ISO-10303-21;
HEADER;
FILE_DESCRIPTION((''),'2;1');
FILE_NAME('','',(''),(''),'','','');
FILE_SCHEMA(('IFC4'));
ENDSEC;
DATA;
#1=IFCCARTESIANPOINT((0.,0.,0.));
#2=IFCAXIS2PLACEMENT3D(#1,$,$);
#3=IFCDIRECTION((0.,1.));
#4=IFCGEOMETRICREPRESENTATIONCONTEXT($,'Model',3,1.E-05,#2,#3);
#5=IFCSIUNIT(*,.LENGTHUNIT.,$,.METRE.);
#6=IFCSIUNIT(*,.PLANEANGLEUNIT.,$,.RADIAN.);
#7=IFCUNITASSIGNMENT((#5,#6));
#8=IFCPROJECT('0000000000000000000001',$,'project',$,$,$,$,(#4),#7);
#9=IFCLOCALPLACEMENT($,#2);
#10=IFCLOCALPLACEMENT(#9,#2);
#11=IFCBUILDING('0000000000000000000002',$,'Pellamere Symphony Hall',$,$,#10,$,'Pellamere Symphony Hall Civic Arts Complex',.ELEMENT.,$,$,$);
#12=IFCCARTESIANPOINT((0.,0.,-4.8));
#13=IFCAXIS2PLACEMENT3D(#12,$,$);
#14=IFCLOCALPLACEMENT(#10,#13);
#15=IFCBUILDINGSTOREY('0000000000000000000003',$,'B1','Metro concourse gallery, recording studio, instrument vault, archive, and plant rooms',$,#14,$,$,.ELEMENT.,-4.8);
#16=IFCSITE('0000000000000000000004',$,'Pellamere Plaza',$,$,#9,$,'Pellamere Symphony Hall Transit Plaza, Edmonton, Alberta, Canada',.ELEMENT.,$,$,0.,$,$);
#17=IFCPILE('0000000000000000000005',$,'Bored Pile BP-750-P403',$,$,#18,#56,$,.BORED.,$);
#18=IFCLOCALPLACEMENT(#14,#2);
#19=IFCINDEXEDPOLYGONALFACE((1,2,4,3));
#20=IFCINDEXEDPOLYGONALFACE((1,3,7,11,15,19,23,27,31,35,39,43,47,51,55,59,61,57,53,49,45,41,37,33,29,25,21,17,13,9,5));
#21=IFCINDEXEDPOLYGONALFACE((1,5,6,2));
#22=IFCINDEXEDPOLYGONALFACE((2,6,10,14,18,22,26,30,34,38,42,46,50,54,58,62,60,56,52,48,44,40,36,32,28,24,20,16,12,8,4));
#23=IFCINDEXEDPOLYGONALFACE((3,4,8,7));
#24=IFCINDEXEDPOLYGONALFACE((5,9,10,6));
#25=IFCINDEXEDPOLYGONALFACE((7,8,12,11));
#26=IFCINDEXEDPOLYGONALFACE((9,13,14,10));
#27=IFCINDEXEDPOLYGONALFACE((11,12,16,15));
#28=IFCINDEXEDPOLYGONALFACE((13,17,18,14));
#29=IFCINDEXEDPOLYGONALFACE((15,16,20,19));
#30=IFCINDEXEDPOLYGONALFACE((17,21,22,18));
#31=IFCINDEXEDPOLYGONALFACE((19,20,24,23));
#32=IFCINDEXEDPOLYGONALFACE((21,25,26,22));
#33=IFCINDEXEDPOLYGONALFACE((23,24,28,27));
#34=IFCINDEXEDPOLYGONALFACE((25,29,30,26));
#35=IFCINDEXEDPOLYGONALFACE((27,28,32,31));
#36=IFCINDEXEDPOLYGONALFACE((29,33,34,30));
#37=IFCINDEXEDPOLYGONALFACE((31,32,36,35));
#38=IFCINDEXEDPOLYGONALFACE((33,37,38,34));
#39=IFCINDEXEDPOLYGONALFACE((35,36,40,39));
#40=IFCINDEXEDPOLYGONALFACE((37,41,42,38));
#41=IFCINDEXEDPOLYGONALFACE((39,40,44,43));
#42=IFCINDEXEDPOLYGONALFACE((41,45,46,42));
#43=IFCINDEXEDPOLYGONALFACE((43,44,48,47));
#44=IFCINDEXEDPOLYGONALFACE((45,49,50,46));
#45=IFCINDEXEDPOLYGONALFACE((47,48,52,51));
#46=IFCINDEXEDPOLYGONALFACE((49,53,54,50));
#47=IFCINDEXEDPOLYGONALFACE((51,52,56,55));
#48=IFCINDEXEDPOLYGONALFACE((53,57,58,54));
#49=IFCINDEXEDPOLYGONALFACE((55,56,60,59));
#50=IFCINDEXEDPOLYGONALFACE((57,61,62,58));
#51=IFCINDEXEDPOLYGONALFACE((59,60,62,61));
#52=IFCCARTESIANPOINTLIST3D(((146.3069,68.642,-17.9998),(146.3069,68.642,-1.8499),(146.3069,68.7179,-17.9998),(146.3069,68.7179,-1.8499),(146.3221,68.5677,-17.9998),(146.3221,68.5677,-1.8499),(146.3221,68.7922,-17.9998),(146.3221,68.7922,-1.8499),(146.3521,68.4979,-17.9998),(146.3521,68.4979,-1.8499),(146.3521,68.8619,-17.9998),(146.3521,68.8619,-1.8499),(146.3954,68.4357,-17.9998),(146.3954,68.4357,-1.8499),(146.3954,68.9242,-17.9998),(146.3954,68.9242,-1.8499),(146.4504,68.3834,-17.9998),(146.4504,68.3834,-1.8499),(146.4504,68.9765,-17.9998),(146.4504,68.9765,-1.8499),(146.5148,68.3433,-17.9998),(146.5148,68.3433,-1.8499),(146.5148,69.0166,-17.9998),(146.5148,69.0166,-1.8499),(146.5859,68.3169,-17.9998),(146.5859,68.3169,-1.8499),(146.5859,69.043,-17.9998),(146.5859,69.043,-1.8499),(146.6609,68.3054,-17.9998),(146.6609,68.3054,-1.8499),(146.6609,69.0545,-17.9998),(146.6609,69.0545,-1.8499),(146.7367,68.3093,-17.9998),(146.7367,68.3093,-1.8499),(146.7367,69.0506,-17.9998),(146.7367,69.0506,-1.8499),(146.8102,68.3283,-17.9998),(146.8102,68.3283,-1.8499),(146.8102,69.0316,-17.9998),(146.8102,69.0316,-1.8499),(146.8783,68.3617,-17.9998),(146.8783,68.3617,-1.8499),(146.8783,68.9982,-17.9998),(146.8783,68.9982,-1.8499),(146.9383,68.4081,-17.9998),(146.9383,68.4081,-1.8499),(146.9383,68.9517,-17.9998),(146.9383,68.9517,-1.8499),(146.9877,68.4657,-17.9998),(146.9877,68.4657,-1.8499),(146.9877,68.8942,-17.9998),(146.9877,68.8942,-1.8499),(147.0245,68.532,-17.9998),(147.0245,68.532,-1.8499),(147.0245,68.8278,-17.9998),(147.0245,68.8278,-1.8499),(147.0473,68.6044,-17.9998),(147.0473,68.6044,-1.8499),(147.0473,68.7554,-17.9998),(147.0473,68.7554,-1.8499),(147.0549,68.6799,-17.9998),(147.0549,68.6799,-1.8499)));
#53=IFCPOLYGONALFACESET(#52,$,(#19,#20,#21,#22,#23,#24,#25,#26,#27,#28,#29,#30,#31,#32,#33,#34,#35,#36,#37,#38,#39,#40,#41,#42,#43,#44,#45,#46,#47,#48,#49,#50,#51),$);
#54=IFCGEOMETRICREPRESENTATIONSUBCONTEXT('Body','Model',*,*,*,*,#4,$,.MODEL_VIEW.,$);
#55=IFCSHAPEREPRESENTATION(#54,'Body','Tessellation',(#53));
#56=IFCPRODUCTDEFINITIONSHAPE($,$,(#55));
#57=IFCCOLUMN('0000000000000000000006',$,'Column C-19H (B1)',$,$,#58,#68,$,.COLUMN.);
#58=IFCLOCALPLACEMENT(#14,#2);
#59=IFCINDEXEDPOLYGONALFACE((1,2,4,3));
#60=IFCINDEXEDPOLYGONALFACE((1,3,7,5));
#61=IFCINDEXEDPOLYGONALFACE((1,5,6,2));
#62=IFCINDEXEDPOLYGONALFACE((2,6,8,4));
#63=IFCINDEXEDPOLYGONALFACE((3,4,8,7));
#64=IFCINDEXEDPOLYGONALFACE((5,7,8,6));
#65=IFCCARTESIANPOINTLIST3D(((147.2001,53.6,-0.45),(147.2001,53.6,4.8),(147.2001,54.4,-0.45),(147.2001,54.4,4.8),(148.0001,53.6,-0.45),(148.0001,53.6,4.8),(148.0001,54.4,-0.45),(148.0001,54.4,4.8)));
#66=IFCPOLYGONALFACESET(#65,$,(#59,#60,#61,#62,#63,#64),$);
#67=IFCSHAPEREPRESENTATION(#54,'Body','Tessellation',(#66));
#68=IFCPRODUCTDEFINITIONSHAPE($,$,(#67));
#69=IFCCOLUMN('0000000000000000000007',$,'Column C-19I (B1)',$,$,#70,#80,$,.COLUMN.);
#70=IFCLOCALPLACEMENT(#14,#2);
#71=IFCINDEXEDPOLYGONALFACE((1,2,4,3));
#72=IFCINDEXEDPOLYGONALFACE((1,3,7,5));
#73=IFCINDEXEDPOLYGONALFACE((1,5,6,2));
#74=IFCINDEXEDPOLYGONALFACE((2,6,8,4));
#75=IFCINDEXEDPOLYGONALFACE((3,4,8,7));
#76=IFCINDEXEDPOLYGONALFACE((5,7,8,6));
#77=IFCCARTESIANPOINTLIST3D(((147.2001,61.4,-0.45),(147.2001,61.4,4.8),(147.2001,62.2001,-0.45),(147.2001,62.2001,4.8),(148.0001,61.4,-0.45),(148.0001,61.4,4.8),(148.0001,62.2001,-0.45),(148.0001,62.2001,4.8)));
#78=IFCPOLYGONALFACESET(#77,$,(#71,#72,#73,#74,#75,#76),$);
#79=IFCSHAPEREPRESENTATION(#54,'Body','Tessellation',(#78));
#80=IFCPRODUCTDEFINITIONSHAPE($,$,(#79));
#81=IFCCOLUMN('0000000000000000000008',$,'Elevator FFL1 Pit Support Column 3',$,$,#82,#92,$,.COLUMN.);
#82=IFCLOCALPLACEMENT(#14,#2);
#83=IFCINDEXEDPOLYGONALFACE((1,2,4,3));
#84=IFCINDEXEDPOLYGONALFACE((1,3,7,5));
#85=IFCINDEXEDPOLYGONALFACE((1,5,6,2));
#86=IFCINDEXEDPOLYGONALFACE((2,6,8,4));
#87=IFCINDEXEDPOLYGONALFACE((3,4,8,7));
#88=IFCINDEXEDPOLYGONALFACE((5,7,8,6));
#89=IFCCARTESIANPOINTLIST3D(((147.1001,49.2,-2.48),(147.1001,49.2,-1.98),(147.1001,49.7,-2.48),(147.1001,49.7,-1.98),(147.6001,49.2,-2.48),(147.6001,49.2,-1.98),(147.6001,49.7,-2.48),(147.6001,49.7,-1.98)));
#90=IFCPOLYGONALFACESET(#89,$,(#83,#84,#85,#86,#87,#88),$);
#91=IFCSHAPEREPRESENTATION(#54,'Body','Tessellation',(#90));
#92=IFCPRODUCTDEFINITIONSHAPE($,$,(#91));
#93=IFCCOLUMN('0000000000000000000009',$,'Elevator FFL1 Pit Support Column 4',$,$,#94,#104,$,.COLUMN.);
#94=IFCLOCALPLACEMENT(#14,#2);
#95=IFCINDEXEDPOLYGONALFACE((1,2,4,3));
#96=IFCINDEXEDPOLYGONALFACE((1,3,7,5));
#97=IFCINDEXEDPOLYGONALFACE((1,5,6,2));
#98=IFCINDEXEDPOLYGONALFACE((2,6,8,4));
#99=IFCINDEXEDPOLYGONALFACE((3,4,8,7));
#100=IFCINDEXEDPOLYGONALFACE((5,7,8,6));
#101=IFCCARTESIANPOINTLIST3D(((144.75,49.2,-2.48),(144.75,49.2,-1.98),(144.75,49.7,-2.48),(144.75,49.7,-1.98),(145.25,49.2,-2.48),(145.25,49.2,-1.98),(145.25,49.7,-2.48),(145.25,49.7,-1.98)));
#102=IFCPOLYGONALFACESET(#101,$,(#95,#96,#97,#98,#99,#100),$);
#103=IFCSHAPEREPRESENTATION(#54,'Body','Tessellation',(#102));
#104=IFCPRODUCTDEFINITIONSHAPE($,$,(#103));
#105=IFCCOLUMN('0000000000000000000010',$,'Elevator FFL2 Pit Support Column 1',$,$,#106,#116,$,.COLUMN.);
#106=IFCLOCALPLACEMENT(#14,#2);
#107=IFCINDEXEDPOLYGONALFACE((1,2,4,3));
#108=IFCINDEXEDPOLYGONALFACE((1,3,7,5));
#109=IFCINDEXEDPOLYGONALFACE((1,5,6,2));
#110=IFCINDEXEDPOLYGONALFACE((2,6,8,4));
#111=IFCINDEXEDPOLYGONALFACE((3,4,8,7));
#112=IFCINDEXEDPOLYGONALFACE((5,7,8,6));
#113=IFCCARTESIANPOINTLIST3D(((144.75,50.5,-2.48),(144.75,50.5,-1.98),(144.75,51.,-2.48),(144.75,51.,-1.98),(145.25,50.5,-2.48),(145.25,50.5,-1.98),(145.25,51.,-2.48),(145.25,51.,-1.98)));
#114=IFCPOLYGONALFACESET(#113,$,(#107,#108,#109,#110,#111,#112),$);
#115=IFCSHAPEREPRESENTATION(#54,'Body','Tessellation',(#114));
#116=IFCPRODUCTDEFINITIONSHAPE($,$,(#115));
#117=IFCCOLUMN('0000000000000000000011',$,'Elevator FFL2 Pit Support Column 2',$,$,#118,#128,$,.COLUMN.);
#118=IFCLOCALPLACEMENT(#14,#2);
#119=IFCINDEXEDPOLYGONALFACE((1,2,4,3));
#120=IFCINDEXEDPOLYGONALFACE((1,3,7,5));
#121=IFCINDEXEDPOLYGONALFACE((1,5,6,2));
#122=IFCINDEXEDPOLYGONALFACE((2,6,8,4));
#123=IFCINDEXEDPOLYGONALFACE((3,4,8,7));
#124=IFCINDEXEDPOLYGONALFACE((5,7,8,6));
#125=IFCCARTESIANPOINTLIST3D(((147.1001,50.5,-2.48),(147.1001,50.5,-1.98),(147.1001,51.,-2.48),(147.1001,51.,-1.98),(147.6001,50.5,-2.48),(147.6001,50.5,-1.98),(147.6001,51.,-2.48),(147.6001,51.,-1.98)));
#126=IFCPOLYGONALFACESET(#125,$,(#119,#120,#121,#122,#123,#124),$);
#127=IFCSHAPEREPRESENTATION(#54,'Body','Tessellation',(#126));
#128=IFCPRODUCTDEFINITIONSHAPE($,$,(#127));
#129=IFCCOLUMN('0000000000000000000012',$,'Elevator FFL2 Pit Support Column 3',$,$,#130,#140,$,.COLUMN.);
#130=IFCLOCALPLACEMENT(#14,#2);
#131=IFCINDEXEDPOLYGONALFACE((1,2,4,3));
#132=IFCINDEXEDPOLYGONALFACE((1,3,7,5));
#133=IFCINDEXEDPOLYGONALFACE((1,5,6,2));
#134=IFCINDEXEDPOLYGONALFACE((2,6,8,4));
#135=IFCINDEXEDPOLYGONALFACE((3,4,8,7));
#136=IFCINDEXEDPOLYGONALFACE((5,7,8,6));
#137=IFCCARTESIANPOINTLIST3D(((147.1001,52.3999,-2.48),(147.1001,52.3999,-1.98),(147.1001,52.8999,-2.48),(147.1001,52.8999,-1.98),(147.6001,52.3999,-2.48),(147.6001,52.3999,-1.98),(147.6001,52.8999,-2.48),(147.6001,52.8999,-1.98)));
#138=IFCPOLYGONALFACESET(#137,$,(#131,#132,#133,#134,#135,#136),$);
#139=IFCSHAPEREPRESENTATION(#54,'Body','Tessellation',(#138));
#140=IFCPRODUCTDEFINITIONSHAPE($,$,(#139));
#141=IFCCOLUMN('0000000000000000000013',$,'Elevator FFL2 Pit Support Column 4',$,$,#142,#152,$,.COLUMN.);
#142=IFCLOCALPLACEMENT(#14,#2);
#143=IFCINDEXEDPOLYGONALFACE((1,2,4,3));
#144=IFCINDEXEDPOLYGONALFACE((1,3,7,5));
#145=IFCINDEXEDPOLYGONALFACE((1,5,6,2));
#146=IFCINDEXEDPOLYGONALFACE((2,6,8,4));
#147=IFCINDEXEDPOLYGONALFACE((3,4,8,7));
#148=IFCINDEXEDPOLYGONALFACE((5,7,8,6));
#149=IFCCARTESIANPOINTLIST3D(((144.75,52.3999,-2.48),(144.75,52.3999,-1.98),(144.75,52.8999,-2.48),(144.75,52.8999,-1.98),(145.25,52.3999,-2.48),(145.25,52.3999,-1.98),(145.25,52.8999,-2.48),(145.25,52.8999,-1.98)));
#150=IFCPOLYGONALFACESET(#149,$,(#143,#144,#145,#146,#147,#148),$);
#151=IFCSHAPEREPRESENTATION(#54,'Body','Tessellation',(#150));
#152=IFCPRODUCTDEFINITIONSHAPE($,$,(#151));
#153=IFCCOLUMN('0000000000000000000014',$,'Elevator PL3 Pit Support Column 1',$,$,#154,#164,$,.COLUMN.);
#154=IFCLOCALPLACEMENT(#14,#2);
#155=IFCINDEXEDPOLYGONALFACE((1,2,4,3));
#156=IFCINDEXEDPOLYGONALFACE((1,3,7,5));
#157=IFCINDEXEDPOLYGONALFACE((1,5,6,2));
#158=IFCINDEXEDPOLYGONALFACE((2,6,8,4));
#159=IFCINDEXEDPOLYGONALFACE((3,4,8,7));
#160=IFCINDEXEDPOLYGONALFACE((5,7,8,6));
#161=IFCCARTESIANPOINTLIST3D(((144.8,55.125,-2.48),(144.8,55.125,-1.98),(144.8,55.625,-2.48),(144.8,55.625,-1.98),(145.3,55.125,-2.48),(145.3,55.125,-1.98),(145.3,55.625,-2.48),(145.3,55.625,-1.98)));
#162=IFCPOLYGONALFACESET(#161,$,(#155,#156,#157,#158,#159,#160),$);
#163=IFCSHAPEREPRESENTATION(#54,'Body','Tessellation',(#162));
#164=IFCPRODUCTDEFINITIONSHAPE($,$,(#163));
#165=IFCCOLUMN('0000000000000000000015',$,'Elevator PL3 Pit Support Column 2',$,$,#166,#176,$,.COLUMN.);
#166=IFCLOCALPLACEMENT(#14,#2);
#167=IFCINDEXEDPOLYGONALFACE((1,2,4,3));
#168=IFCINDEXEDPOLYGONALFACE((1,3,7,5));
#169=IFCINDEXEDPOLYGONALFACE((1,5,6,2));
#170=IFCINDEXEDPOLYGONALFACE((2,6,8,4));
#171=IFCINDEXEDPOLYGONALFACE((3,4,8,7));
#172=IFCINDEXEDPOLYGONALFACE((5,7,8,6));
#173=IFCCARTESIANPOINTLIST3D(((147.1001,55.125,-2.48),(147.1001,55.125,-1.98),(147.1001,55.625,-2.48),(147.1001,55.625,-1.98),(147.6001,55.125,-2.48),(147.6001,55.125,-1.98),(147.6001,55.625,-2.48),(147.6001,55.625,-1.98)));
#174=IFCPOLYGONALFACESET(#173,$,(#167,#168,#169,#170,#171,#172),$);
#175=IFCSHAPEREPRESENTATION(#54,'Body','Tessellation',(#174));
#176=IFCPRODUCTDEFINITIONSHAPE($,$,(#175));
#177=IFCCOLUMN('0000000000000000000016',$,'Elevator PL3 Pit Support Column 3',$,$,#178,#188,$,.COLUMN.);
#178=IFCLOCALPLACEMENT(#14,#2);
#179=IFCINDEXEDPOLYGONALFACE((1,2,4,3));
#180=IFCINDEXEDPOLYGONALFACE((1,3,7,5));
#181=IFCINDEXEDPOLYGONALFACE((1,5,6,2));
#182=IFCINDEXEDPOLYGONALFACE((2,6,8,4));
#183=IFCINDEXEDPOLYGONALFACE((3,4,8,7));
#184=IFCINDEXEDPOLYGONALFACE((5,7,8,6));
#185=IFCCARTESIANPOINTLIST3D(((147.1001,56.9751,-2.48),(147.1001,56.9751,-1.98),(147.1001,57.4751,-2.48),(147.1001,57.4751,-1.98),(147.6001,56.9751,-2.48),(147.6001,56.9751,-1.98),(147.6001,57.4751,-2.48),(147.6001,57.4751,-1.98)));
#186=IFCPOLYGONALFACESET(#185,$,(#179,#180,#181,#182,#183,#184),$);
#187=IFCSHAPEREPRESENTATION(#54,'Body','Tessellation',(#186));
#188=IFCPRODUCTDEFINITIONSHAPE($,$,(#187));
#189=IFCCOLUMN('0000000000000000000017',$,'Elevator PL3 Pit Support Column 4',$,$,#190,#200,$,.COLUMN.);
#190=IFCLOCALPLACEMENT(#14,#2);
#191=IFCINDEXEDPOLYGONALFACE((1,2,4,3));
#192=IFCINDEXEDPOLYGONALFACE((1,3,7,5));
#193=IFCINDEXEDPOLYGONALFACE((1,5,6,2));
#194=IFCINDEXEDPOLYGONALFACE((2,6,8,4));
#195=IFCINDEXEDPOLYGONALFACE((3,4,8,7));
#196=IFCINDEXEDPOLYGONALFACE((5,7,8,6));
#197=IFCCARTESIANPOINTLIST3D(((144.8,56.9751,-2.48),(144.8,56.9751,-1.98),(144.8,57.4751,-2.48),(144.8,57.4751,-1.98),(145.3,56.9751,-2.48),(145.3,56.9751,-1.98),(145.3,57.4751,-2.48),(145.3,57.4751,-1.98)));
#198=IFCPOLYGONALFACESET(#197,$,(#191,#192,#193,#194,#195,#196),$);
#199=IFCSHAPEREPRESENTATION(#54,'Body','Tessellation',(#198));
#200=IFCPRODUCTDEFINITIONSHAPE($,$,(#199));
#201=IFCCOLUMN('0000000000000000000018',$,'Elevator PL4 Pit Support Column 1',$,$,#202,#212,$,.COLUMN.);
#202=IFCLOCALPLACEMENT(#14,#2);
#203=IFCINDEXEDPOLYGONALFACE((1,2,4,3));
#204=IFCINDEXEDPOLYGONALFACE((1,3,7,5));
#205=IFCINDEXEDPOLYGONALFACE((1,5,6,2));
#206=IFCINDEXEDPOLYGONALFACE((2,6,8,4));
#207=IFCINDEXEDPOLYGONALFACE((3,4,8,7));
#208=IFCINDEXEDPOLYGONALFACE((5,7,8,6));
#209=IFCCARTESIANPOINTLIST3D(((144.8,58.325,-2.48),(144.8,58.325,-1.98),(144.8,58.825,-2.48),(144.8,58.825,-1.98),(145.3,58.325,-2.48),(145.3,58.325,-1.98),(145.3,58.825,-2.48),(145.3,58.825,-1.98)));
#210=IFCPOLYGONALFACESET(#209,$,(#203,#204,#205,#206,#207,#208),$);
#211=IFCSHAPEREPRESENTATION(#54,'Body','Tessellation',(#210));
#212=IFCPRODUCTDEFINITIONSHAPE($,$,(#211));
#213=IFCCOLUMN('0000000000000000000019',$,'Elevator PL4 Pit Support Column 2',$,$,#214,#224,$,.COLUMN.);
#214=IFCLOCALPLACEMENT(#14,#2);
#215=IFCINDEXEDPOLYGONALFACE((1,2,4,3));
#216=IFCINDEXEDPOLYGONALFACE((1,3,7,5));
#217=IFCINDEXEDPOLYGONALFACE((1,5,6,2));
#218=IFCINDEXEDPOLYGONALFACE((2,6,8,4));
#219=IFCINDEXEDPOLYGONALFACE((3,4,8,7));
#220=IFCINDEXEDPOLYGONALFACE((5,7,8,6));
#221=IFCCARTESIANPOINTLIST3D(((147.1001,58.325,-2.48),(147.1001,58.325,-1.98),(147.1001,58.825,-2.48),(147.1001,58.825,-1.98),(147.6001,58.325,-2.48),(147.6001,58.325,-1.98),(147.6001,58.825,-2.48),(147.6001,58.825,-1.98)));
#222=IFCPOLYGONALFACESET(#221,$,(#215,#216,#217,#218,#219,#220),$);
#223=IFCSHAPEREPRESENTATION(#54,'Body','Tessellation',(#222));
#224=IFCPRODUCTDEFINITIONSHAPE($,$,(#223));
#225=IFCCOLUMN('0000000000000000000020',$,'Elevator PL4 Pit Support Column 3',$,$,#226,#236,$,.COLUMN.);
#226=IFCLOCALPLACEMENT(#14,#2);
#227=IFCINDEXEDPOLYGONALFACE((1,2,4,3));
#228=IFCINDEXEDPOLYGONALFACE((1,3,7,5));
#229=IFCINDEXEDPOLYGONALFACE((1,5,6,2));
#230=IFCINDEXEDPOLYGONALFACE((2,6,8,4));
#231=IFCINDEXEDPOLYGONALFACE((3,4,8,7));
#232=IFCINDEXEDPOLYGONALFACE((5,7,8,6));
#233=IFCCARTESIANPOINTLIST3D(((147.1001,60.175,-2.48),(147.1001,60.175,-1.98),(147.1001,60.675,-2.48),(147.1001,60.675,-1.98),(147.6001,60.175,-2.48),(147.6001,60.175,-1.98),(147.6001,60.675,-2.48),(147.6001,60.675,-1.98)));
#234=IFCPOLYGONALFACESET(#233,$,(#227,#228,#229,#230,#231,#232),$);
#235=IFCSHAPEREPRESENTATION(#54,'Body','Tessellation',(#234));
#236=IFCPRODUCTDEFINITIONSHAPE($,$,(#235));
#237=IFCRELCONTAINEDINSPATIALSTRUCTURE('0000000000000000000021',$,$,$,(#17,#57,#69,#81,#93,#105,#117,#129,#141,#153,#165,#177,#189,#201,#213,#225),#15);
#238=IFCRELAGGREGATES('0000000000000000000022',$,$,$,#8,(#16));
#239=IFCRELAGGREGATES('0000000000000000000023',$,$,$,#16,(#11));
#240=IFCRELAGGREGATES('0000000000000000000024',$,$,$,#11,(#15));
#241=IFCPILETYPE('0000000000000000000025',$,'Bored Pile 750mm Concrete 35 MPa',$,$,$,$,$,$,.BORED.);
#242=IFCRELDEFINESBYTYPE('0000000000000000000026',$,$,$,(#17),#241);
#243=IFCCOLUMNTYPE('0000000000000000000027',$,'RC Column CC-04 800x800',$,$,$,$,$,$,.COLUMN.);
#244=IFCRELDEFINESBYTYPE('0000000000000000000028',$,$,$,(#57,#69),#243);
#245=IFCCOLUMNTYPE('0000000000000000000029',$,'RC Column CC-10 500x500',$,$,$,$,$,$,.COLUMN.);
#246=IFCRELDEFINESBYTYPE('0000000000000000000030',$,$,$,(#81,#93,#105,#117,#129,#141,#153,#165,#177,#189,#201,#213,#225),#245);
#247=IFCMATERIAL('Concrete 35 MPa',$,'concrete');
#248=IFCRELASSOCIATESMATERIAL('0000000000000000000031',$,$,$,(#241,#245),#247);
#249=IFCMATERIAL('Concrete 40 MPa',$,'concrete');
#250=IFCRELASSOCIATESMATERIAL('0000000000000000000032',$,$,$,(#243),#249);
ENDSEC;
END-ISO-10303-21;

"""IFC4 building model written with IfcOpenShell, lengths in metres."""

from ifc_helpers import new_model, si_unit, direction, frame, origin, origin_2d, place, context, subcontext, project, spatial, rectangle, circle, extrude, material, material_profile, profile_set, type_object, element, save


model = new_model("IFC4")

# Units and contexts
model_context = context("Model", 3, precision=1e-05, world=origin(), true_north=direction((0.0, 1.0)))
body_context = subcontext(model_context, "Body", "Model", "MODEL_VIEW")
ifc_project = project(units=[si_unit("LENGTHUNIT", "METRE"), si_unit("PLANEANGLEUNIT", "RADIAN")], contexts=[model_context])

# Site, building, storey
site_placement = place(None, origin())
site = spatial("IfcSite", under=ifc_project, at=site_placement, Name="Pellamere Plaza", LongName="Pellamere Symphony Hall Transit Plaza, Edmonton, Alberta, Canada", CompositionType="ELEMENT", RefElevation=0.0)
building_placement = place(site_placement, origin())
building = spatial("IfcBuilding", under=site, at=building_placement, Name="Pellamere Symphony Hall", LongName="Pellamere Symphony Hall Civic Arts Complex", CompositionType="ELEMENT")
storey_placement = place(building_placement, frame((0.0, 0.0, -4.8)))
storey = spatial("IfcBuildingStorey", under=building, at=storey_placement, Name="B1", Description="Metro concourse gallery, recording studio, instrument vault, archive, and plant rooms", CompositionType="ELEMENT", Elevation=-4.8)

# Pile
ifc_material_1 = material(Name="Concrete 40 MPa", Category="concrete")
ifc_material_2 = material(Name="Concrete 35 MPa", Category="concrete")
ifc_material_profile_1 = material_profile(ifc_material_2, circle(Radius=0.375, at=origin_2d()), Name="PILE D750")
ifc_profile_set_1 = profile_set([ifc_material_profile_1], Name="Concrete 35 MPa")
pile_type_1 = type_object("IfcPileType", Name="Bored Pile 750mm Concrete 35 MPa", PredefinedType="BORED", material=ifc_profile_set_1)
pile_placement = place(storey_placement, frame((146.6799, 68.6799, -1.8499), z_axis=(0.0, 0.0, -1.0), x_axis=(1.0, 0.0, 0.0)))
element("IfcPile", 1, at=pile_placement, inside=storey, type_object=pile_type_1, Name="Bored Pile BP-750-P403", PredefinedType="BORED", context=body_context, shape_type="SweptSolid", body=[
    extrude(circle(Radius=0.375, at=origin_2d()), origin(), (0.0, 0.0, 1.0), 16.1499),
])

# Columns
ifc_material_profile_2 = material_profile(ifc_material_1, rectangle(XDim=0.8, YDim=0.8, at=origin_2d()), Name="RC 800x800")
ifc_profile_set_2 = profile_set([ifc_material_profile_2], Name="Concrete 40 MPa")
column_type_1 = type_object("IfcColumnType", Name="RC Column CC-04 800x800", PredefinedType="COLUMN", material=ifc_profile_set_2)
for number, where, z_axis, x_axis, name in (
    (2, (147.6001, 54.0, -0.45), (0.0, 0.0, 1.0), (1.0, 0.0, 0.0), "Column C-19H (B1)"),
    (3, (147.6001, 61.8, -0.45), (0.0, 0.0, 1.0), (1.0, 0.0, 0.0), "Column C-19I (B1)"),
):
    element("IfcColumn", number, at=place(storey_placement, frame(where, z_axis=z_axis, x_axis=x_axis)), inside=storey, type_object=column_type_1, Name=name, PredefinedType="COLUMN", context=body_context, shape_type="SweptSolid", body=[
        extrude(rectangle(XDim=0.8, YDim=0.8, at=origin_2d()), origin(), (0.0, 0.0, 1.0), 5.25),
    ])
ifc_material_profile_3 = material_profile(ifc_material_2, rectangle(XDim=0.5, YDim=0.5, at=origin_2d()), Name="RC 500x500")
ifc_profile_set_3 = profile_set([ifc_material_profile_3], Name="Concrete 35 MPa")
column_type_2 = type_object("IfcColumnType", Name="RC Column CC-10 500x500", PredefinedType="COLUMN", material=ifc_profile_set_3)
for number, where, z_axis, x_axis, name in (
    (4, (147.3501, 49.45, -2.48), (0.0, 0.0, 1.0), (1.0, 0.0, 0.0), "Elevator FFL1 Pit Support Column 3"),
    (5, (145.0, 49.45, -2.48), (0.0, 0.0, 1.0), (1.0, 0.0, 0.0), "Elevator FFL1 Pit Support Column 4"),
    (6, (145.0, 50.75, -2.48), (0.0, 0.0, 1.0), (1.0, 0.0, 0.0), "Elevator FFL2 Pit Support Column 1"),
    (7, (147.3501, 50.75, -2.48), (0.0, 0.0, 1.0), (1.0, 0.0, 0.0), "Elevator FFL2 Pit Support Column 2"),
    (8, (147.3501, 52.6499, -2.48), (0.0, 0.0, 1.0), (1.0, 0.0, 0.0), "Elevator FFL2 Pit Support Column 3"),
    (9, (145.0, 52.6499, -2.48), (0.0, 0.0, 1.0), (1.0, 0.0, 0.0), "Elevator FFL2 Pit Support Column 4"),
    (10, (145.05, 55.375, -2.48), (0.0, 0.0, 1.0), (1.0, 0.0, 0.0), "Elevator PL3 Pit Support Column 1"),
    (11, (147.3501, 55.375, -2.48), (0.0, 0.0, 1.0), (1.0, 0.0, 0.0), "Elevator PL3 Pit Support Column 2"),
    (12, (147.3501, 57.2251, -2.48), (0.0, 0.0, 1.0), (1.0, 0.0, 0.0), "Elevator PL3 Pit Support Column 3"),
    (13, (145.05, 57.2251, -2.48), (0.0, 0.0, 1.0), (1.0, 0.0, 0.0), "Elevator PL3 Pit Support Column 4"),
    (14, (145.05, 58.575, -2.48), (0.0, 0.0, 1.0), (1.0, 0.0, 0.0), "Elevator PL4 Pit Support Column 1"),
    (15, (147.3501, 58.575, -2.48), (0.0, 0.0, 1.0), (1.0, 0.0, 0.0), "Elevator PL4 Pit Support Column 2"),
    (16, (147.3501, 60.425, -2.48), (0.0, 0.0, 1.0), (1.0, 0.0, 0.0), "Elevator PL4 Pit Support Column 3"),
):
    element("IfcColumn", number, at=place(storey_placement, frame(where, z_axis=z_axis, x_axis=x_axis)), inside=storey, type_object=column_type_2, Name=name, PredefinedType="COLUMN", context=body_context, shape_type="SweptSolid", body=[
        extrude(rectangle(XDim=0.5, YDim=0.5, at=origin_2d()), origin(), (0.0, 0.0, 1.0), 0.5),
    ])

save(model, "model.ifc")
